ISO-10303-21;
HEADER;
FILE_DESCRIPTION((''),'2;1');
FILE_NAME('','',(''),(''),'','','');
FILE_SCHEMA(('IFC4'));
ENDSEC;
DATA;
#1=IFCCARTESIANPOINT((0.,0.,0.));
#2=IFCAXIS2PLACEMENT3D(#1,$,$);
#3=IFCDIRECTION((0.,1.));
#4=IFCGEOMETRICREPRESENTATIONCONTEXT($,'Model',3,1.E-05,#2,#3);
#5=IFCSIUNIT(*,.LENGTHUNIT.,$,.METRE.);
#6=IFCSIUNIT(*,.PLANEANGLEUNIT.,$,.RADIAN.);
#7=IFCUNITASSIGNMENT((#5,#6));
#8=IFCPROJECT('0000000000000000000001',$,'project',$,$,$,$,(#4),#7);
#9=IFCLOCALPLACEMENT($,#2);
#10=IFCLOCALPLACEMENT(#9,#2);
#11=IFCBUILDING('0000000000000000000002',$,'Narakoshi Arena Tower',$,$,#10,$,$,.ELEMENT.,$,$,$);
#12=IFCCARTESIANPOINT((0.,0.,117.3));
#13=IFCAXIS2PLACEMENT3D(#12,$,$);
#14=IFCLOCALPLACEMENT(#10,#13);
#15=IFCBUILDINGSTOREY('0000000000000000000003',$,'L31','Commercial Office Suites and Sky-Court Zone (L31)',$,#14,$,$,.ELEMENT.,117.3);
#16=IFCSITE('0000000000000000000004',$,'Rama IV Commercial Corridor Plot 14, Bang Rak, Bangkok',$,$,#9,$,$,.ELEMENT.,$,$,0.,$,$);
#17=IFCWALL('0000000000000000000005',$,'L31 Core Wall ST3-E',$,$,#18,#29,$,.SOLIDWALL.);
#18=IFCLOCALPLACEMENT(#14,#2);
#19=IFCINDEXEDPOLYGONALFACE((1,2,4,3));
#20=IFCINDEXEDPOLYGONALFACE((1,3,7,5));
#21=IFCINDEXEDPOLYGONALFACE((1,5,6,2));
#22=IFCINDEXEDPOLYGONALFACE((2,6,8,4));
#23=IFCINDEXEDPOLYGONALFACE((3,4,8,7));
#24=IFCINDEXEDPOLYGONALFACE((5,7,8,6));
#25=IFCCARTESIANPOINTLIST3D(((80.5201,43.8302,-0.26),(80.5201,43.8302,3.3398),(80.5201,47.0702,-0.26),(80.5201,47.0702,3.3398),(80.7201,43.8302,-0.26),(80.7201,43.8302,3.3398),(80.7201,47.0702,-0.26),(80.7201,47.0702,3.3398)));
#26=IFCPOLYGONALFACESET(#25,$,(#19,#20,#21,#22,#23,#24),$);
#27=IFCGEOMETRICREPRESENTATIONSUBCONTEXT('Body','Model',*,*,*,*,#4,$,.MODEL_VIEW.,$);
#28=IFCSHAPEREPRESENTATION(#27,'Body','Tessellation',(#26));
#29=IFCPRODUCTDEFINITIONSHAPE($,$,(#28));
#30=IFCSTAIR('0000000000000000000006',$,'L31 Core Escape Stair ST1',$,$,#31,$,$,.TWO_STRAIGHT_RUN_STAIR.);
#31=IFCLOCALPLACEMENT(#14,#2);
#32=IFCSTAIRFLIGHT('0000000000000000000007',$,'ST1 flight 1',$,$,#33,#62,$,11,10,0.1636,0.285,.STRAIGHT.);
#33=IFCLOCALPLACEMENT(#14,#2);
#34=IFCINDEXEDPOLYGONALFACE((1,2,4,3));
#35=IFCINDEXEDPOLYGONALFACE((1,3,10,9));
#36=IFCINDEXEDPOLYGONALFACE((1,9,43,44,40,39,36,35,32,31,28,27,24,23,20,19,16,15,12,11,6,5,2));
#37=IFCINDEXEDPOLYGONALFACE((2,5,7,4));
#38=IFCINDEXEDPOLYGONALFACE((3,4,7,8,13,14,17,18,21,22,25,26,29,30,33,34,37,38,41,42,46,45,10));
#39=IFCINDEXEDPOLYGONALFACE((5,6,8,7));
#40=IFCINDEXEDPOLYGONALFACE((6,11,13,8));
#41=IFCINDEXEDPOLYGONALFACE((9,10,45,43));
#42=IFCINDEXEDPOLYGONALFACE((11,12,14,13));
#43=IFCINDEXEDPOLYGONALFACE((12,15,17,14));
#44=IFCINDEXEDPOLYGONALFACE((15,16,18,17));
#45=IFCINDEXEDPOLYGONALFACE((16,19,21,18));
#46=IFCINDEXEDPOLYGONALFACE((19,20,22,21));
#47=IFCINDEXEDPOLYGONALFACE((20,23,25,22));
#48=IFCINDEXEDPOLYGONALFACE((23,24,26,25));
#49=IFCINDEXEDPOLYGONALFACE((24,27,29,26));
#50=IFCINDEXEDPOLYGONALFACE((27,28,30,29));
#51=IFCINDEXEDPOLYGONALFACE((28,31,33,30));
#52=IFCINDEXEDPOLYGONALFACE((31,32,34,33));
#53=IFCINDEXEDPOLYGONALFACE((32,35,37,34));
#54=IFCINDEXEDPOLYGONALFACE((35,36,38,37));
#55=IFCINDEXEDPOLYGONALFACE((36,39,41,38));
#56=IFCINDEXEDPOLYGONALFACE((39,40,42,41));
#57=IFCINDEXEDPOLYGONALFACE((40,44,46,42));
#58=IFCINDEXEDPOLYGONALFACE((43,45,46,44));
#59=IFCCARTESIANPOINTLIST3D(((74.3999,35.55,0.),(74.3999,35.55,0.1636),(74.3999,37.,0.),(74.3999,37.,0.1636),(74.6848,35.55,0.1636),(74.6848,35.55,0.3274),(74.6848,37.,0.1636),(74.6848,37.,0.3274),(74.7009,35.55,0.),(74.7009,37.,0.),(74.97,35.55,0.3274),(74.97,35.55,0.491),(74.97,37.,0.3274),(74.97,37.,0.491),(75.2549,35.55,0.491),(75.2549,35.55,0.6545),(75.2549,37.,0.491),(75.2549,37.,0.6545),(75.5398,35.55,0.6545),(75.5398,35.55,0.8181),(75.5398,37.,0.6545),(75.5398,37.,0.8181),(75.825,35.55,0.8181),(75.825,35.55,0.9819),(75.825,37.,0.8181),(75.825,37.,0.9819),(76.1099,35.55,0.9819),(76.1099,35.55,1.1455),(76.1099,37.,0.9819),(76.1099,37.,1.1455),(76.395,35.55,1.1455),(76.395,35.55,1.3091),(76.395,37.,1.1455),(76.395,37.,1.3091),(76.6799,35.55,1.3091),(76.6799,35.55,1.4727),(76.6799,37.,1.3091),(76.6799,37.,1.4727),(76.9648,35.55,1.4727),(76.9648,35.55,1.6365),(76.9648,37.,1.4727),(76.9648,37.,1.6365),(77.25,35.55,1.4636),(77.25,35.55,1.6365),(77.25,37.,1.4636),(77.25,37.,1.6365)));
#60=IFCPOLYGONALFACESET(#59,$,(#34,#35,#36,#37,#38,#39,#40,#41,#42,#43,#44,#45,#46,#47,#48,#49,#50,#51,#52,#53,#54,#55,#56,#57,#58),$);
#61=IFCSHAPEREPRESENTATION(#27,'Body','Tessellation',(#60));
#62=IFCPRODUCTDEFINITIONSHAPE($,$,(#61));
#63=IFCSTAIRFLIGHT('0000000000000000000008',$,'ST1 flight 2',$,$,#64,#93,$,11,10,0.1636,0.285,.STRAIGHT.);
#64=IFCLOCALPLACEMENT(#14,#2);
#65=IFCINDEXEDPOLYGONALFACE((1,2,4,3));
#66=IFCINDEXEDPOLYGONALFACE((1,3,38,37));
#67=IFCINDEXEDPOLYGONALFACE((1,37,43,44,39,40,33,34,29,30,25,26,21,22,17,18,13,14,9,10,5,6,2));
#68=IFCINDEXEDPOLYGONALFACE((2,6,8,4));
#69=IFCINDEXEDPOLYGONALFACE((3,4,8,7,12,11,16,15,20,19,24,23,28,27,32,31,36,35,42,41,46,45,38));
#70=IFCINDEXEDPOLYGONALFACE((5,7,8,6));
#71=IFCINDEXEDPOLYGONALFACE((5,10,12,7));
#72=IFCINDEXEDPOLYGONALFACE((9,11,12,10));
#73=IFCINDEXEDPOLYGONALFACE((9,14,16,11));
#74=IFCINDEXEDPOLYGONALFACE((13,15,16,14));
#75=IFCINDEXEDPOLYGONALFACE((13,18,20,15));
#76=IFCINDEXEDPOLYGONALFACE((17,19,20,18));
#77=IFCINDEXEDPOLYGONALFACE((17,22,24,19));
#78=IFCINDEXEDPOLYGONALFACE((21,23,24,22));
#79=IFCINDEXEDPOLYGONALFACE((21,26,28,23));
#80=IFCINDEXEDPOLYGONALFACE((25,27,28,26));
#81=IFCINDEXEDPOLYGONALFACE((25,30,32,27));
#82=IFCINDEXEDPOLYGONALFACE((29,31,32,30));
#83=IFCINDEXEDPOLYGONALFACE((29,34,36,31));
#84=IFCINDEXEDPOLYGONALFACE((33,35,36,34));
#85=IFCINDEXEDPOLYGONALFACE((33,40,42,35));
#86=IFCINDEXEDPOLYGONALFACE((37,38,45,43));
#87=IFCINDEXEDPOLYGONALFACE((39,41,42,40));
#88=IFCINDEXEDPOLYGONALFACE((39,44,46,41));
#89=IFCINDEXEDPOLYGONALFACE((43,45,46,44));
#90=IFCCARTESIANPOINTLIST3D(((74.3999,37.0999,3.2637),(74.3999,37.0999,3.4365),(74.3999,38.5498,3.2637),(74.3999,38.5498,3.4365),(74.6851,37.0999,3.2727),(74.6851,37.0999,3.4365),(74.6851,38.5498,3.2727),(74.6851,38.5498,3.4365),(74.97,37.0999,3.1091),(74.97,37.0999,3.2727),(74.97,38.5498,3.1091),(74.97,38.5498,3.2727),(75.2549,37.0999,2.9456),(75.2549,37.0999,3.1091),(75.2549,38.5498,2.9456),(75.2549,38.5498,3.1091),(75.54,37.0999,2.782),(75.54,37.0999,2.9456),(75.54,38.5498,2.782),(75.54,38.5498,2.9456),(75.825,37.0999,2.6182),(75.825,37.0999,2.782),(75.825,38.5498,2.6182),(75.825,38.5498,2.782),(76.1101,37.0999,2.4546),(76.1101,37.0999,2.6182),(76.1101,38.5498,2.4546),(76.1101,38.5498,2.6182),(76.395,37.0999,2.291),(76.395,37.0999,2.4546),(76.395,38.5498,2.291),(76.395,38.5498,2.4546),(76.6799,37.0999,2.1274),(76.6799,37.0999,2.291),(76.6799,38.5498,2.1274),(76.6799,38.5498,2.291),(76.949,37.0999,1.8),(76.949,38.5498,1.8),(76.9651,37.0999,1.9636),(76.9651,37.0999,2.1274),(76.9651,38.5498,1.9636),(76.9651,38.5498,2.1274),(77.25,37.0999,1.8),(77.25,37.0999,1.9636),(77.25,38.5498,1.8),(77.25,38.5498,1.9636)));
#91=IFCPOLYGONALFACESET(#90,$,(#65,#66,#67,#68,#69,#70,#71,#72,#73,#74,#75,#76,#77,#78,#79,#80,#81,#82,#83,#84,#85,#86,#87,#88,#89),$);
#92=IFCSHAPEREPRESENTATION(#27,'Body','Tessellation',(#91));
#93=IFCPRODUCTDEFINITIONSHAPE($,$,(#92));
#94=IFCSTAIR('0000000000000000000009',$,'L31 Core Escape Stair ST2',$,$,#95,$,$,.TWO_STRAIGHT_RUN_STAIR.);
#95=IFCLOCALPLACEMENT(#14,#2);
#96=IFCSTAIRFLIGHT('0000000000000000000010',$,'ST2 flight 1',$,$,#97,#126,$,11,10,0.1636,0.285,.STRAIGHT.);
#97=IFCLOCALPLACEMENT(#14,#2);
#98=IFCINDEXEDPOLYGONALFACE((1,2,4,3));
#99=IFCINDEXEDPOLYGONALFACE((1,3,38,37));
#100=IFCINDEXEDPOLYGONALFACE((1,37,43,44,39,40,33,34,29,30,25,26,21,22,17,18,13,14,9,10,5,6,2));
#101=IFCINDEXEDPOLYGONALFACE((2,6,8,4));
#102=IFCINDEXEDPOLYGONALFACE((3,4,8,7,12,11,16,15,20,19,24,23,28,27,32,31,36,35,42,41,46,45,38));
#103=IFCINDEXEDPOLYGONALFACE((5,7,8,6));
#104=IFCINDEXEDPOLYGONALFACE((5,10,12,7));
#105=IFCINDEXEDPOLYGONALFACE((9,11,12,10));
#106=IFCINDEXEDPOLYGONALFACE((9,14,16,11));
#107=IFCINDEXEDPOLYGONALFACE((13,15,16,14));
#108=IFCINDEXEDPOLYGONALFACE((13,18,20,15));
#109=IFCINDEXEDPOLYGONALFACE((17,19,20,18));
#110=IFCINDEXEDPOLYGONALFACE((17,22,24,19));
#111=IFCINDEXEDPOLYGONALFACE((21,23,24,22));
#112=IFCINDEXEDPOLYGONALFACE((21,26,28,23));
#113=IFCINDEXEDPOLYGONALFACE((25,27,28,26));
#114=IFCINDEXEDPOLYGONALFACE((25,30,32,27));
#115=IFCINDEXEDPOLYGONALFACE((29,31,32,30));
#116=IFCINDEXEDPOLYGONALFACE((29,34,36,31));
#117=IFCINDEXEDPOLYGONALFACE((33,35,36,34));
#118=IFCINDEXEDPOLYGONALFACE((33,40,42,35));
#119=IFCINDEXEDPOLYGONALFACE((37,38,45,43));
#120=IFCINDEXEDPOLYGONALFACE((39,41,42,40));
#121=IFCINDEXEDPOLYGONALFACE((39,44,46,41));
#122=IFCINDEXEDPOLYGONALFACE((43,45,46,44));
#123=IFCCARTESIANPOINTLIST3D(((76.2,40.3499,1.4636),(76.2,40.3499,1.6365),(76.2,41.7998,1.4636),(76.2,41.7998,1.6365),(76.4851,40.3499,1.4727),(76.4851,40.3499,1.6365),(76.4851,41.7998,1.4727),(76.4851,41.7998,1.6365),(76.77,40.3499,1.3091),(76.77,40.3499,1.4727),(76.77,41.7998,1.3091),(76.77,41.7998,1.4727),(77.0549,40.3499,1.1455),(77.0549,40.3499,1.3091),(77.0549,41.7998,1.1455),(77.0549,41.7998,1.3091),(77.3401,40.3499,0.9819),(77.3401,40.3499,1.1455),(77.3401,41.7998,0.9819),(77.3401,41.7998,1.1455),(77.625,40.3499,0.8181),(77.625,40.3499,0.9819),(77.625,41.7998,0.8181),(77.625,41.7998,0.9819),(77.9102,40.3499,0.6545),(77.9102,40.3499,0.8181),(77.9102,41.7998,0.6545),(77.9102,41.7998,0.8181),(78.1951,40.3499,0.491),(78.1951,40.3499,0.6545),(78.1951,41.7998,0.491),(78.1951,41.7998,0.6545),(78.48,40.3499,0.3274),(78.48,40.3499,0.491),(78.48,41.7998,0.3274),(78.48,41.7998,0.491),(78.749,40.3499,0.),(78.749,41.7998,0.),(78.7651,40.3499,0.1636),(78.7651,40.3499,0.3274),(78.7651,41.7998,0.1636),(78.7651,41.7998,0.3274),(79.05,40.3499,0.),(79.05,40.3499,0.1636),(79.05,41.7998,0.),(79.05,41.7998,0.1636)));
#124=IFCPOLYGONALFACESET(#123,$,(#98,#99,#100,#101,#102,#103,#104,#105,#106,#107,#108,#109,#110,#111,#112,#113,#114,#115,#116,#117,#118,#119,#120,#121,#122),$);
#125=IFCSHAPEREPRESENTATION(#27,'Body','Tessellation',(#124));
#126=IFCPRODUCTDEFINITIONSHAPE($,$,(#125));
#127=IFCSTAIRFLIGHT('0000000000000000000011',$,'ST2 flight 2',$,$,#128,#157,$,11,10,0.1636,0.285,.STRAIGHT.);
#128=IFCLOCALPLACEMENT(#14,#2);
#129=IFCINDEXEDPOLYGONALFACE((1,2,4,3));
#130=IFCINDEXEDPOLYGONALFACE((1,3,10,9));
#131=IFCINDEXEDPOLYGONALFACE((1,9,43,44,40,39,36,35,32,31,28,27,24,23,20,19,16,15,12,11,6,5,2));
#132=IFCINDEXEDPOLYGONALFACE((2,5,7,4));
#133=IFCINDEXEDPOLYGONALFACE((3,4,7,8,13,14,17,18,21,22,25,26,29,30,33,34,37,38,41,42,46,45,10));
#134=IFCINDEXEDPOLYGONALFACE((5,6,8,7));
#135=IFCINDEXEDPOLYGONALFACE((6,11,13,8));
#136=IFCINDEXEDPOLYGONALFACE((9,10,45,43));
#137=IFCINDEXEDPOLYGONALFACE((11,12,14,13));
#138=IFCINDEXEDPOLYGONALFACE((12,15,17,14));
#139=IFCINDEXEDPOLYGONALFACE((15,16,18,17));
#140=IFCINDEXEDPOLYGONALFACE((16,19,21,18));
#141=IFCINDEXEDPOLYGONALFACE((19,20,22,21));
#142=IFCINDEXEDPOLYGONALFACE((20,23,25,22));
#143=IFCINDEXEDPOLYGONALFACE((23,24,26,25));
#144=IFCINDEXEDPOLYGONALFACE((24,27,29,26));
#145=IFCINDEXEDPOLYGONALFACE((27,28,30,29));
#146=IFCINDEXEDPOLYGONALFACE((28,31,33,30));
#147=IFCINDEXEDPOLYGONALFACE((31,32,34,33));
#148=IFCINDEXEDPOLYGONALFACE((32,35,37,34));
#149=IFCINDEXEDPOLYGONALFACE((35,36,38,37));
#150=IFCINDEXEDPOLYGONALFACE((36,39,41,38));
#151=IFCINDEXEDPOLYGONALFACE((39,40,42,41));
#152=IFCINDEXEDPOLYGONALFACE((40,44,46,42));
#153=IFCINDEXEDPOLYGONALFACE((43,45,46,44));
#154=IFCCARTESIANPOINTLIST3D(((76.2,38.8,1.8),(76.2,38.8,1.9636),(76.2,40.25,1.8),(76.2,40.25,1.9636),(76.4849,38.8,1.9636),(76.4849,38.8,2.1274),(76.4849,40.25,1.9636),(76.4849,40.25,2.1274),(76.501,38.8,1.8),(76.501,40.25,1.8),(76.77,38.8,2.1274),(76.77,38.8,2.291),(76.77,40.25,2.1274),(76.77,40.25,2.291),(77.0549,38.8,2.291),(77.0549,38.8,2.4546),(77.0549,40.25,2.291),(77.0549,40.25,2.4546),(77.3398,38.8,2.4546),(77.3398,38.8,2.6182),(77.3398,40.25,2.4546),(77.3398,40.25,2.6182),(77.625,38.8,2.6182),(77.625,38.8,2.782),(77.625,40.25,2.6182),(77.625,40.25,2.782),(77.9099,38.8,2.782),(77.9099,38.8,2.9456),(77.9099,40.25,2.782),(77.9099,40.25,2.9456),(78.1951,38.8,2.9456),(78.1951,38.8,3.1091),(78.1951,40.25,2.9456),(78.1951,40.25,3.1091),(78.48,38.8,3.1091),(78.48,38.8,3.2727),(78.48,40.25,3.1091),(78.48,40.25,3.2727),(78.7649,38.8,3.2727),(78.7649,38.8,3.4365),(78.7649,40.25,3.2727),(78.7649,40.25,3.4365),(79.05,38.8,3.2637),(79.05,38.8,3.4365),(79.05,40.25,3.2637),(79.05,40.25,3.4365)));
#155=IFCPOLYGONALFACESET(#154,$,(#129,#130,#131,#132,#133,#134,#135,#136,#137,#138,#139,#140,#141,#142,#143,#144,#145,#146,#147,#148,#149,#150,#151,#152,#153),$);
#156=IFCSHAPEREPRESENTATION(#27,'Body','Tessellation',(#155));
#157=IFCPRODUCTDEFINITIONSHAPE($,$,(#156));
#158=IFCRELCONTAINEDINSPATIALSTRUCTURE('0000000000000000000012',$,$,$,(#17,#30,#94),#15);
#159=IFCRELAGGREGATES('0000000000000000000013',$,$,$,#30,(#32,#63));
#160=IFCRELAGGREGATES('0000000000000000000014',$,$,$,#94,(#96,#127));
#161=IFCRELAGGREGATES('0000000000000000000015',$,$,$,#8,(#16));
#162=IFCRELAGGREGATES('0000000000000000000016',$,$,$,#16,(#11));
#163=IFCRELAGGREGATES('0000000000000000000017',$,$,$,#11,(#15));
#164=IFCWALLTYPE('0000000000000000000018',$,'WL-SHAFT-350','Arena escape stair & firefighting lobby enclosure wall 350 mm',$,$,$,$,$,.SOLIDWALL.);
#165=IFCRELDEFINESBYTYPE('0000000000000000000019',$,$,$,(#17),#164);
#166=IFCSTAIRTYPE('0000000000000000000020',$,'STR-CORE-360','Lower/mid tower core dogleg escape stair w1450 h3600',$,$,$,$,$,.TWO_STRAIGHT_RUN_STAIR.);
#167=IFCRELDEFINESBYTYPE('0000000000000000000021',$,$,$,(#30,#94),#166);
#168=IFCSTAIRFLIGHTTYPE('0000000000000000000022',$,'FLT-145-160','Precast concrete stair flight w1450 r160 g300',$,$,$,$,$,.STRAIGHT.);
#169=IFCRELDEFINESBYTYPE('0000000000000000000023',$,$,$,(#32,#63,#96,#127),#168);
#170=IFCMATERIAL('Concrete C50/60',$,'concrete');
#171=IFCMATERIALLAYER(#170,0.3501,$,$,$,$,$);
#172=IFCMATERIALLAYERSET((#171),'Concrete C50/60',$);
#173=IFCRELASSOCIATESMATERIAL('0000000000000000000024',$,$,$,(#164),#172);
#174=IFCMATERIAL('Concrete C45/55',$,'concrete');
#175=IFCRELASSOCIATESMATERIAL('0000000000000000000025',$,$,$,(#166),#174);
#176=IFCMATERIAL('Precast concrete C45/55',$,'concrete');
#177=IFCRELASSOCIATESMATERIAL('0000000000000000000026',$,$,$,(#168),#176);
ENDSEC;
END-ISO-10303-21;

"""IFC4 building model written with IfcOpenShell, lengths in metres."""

from ifc_helpers import new_model, si_unit, direction, frame, frame_2d, origin, place, context, subcontext, project, spatial, polyline, rectangle, outline, extrude, material, layer, layer_set, type_object, element, aggregate, save


model = new_model("IFC4")

# Units and contexts
model_context = context("Model", 3, precision=1e-05, world=origin(), true_north=direction((0.0, 1.0)))
body_context = subcontext(model_context, "Body", "Model", "MODEL_VIEW")
ifc_project = project(units=[si_unit("LENGTHUNIT", "METRE"), si_unit("PLANEANGLEUNIT", "RADIAN")], contexts=[model_context])

# Site, building, storey
site_placement = place(None, origin())
site = spatial("IfcSite", under=ifc_project, at=site_placement, Name="Rama IV Commercial Corridor Plot 14, Bang Rak, Bangkok", CompositionType="ELEMENT", RefElevation=0.0)
building_placement = place(site_placement, origin())
building = spatial("IfcBuilding", under=site, at=building_placement, Name="Narakoshi Arena Tower", CompositionType="ELEMENT")
storey_placement = place(building_placement, frame((0.0, 0.0, 117.3)))
storey = spatial("IfcBuildingStorey", under=building, at=storey_placement, Name="L31", Description="Commercial Office Suites and Sky-Court Zone (L31)", CompositionType="ELEMENT", Elevation=117.3)

# Shared definitions
ifc_material_1 = material(Name="Concrete C50/60", Category="concrete")
ifc_layer_1 = layer(ifc_material_1, 0.3501)
ifc_layer_set_1 = layer_set([ifc_layer_1], Name="Concrete C50/60")
wall_type_1 = type_object("IfcWallType", Name="WL-SHAFT-350", Description="Arena escape stair & firefighting lobby enclosure wall 350 mm", PredefinedType="SOLIDWALL", material=ifc_layer_set_1)

# Wall
wall_1_placement = place(storey_placement, frame((80.6201, 43.8301, -0.26), z_axis=(0.0, 0.0, 1.0), x_axis=(0.0, 1.0, 0.0)))
element("IfcWall", 1, at=wall_1_placement, inside=storey, type_object=wall_type_1, Name="L31 Core Wall ST3-E", PredefinedType="SOLIDWALL", context=body_context, shape_type="SweptSolid", body=[
    extrude(rectangle(XDim=3.24, YDim=0.2, at=frame_2d((1.6201, 0.0))), origin(), (0.0, 0.0, 1.0), 3.5999),
])

# Stairs, stair flights
ifc_material_2 = material(Name="Concrete C45/55", Category="concrete")
stair_type = type_object("IfcStairType", Name="STR-CORE-360", Description="Lower/mid tower core dogleg escape stair w1450 h3600", PredefinedType="TWO_STRAIGHT_RUN_STAIR", material=ifc_material_2)
stair_1_placement = place(storey_placement, origin())
stair_1 = element("IfcStair", 2, at=stair_1_placement, inside=storey, type_object=stair_type, Name="L31 Core Escape Stair ST1", PredefinedType="TWO_STRAIGHT_RUN_STAIR")
ifc_material_3 = material(Name="Precast concrete C45/55", Category="concrete")
stair_flight_type = type_object("IfcStairFlightType", Name="FLT-145-160", Description="Precast concrete stair flight w1450 r160 g300", PredefinedType="STRAIGHT", material=ifc_material_3)
stair_flight_1_placement = place(storey_placement, frame((74.3999, 36.2749, 0.0), z_axis=(0.0, 0.0, 1.0), x_axis=(1.0, 0.0, 0.0)))
stair_flight_1 = element("IfcStairFlight", 3, at=stair_flight_1_placement, type_object=stair_flight_type, Name="ST1 flight 1", NumberOfRisers=11, NumberOfTreads=10, PredefinedType="STRAIGHT", RiserHeight=0.1636, TreadLength=0.285, context=body_context, shape_type="SweptSolid", body=[
    extrude(outline(polyline([(0.0, 0.0), (0.0, 0.1636), (0.2849, 0.1636), (0.2849, 0.3274), (0.5701, 0.3274), (0.5701, 0.491), (0.855, 0.491), (0.855, 0.6545), (1.1399, 0.6545), (1.1399, 0.8181), (1.425, 0.8181), (1.425, 0.9819), (1.71, 0.9819), (1.71, 1.1455), (1.9951, 1.1455), (1.9951, 1.3091), (2.28, 1.3091), (2.28, 1.4727), (2.5649, 1.4727), (2.5649, 1.6365), (2.8501, 1.6365), (2.8501, 1.8), (2.8501, 1.4636), (0.301, 0.0), (0.0, 0.0)])), frame((0.0, 0.7251, 0.0), z_axis=(0.0, -1.0, 0.0), x_axis=(1.0, 0.0, 0.0)), (0.0, 0.0, 1.0), 1.45),
])
stair_flight_2_placement = place(storey_placement, frame((77.25, 37.825, 1.8), z_axis=(0.0, 0.0, 1.0), x_axis=(-1.0, 0.0, 0.0)))
stair_flight_2 = element("IfcStairFlight", 4, at=stair_flight_2_placement, type_object=stair_flight_type, Name="ST1 flight 2", NumberOfRisers=11, NumberOfTreads=10, PredefinedType="STRAIGHT", RiserHeight=0.1636, TreadLength=0.285, context=body_context, shape_type="SweptSolid", body=[
    extrude(outline(polyline([(0.0, 0.0), (0.0, 0.1636), (0.2849, 0.1636), (0.2849, 0.3274), (0.5701, 0.3274), (0.5701, 0.491), (0.855, 0.491), (0.855, 0.6545), (1.1399, 0.6545), (1.1399, 0.8181), (1.425, 0.8181), (1.425, 0.9819), (1.71, 0.9819), (1.71, 1.1455), (1.9951, 1.1455), (1.9951, 1.3091), (2.28, 1.3091), (2.28, 1.4727), (2.5649, 1.4727), (2.5649, 1.6365), (2.8501, 1.6365), (2.8501, 1.8), (2.8501, 1.4636), (0.301, 0.0), (0.0, 0.0)])), frame((0.0, 0.7251, 0.0), z_axis=(0.0, -1.0, 0.0), x_axis=(1.0, 0.0, 0.0)), (0.0, 0.0, 1.0), 1.45),
])
aggregate(stair_1, [stair_flight_1, stair_flight_2])
stair_2_placement = place(storey_placement, origin())
stair_2 = element("IfcStair", 5, at=stair_2_placement, inside=storey, type_object=stair_type, Name="L31 Core Escape Stair ST2", PredefinedType="TWO_STRAIGHT_RUN_STAIR")
stair_flight_3_placement = place(storey_placement, frame((79.05, 41.075, 0.0), z_axis=(0.0, 0.0, 1.0), x_axis=(-1.0, 0.0, 0.0)))
stair_flight_3 = element("IfcStairFlight", 6, at=stair_flight_3_placement, type_object=stair_flight_type, Name="ST2 flight 1", NumberOfRisers=11, NumberOfTreads=10, PredefinedType="STRAIGHT", RiserHeight=0.1636, TreadLength=0.285, context=body_context, shape_type="SweptSolid", body=[
    extrude(outline(polyline([(0.0, 0.0), (0.0, 0.1636), (0.2849, 0.1636), (0.2849, 0.3274), (0.5701, 0.3274), (0.5701, 0.491), (0.855, 0.491), (0.855, 0.6545), (1.1399, 0.6545), (1.1399, 0.8181), (1.425, 0.8181), (1.425, 0.9819), (1.71, 0.9819), (1.71, 1.1455), (1.9951, 1.1455), (1.9951, 1.3091), (2.28, 1.3091), (2.28, 1.4727), (2.5649, 1.4727), (2.5649, 1.6365), (2.8501, 1.6365), (2.8501, 1.8), (2.8501, 1.4636), (0.301, 0.0), (0.0, 0.0)])), frame((0.0, 0.7251, 0.0), z_axis=(0.0, -1.0, 0.0), x_axis=(1.0, 0.0, 0.0)), (0.0, 0.0, 1.0), 1.45),
])
stair_flight_4_placement = place(storey_placement, frame((76.2, 39.5249, 1.8), z_axis=(0.0, 0.0, 1.0), x_axis=(1.0, 0.0, 0.0)))
stair_flight_4 = element("IfcStairFlight", 7, at=stair_flight_4_placement, type_object=stair_flight_type, Name="ST2 flight 2", NumberOfRisers=11, NumberOfTreads=10, PredefinedType="STRAIGHT", RiserHeight=0.1636, TreadLength=0.285, context=body_context, shape_type="SweptSolid", body=[
    extrude(outline(polyline([(0.0, 0.0), (0.0, 0.1636), (0.2849, 0.1636), (0.2849, 0.3274), (0.5701, 0.3274), (0.5701, 0.491), (0.855, 0.491), (0.855, 0.6545), (1.1399, 0.6545), (1.1399, 0.8181), (1.425, 0.8181), (1.425, 0.9819), (1.71, 0.9819), (1.71, 1.1455), (1.9951, 1.1455), (1.9951, 1.3091), (2.28, 1.3091), (2.28, 1.4727), (2.5649, 1.4727), (2.5649, 1.6365), (2.8501, 1.6365), (2.8501, 1.8), (2.8501, 1.4636), (0.301, 0.0), (0.0, 0.0)])), frame((0.0, 0.7251, 0.0), z_axis=(0.0, -1.0, 0.0), x_axis=(1.0, 0.0, 0.0)), (0.0, 0.0, 1.0), 1.45),
])
aggregate(stair_2, [stair_flight_3, stair_flight_4])

save(model, "model.ifc")
